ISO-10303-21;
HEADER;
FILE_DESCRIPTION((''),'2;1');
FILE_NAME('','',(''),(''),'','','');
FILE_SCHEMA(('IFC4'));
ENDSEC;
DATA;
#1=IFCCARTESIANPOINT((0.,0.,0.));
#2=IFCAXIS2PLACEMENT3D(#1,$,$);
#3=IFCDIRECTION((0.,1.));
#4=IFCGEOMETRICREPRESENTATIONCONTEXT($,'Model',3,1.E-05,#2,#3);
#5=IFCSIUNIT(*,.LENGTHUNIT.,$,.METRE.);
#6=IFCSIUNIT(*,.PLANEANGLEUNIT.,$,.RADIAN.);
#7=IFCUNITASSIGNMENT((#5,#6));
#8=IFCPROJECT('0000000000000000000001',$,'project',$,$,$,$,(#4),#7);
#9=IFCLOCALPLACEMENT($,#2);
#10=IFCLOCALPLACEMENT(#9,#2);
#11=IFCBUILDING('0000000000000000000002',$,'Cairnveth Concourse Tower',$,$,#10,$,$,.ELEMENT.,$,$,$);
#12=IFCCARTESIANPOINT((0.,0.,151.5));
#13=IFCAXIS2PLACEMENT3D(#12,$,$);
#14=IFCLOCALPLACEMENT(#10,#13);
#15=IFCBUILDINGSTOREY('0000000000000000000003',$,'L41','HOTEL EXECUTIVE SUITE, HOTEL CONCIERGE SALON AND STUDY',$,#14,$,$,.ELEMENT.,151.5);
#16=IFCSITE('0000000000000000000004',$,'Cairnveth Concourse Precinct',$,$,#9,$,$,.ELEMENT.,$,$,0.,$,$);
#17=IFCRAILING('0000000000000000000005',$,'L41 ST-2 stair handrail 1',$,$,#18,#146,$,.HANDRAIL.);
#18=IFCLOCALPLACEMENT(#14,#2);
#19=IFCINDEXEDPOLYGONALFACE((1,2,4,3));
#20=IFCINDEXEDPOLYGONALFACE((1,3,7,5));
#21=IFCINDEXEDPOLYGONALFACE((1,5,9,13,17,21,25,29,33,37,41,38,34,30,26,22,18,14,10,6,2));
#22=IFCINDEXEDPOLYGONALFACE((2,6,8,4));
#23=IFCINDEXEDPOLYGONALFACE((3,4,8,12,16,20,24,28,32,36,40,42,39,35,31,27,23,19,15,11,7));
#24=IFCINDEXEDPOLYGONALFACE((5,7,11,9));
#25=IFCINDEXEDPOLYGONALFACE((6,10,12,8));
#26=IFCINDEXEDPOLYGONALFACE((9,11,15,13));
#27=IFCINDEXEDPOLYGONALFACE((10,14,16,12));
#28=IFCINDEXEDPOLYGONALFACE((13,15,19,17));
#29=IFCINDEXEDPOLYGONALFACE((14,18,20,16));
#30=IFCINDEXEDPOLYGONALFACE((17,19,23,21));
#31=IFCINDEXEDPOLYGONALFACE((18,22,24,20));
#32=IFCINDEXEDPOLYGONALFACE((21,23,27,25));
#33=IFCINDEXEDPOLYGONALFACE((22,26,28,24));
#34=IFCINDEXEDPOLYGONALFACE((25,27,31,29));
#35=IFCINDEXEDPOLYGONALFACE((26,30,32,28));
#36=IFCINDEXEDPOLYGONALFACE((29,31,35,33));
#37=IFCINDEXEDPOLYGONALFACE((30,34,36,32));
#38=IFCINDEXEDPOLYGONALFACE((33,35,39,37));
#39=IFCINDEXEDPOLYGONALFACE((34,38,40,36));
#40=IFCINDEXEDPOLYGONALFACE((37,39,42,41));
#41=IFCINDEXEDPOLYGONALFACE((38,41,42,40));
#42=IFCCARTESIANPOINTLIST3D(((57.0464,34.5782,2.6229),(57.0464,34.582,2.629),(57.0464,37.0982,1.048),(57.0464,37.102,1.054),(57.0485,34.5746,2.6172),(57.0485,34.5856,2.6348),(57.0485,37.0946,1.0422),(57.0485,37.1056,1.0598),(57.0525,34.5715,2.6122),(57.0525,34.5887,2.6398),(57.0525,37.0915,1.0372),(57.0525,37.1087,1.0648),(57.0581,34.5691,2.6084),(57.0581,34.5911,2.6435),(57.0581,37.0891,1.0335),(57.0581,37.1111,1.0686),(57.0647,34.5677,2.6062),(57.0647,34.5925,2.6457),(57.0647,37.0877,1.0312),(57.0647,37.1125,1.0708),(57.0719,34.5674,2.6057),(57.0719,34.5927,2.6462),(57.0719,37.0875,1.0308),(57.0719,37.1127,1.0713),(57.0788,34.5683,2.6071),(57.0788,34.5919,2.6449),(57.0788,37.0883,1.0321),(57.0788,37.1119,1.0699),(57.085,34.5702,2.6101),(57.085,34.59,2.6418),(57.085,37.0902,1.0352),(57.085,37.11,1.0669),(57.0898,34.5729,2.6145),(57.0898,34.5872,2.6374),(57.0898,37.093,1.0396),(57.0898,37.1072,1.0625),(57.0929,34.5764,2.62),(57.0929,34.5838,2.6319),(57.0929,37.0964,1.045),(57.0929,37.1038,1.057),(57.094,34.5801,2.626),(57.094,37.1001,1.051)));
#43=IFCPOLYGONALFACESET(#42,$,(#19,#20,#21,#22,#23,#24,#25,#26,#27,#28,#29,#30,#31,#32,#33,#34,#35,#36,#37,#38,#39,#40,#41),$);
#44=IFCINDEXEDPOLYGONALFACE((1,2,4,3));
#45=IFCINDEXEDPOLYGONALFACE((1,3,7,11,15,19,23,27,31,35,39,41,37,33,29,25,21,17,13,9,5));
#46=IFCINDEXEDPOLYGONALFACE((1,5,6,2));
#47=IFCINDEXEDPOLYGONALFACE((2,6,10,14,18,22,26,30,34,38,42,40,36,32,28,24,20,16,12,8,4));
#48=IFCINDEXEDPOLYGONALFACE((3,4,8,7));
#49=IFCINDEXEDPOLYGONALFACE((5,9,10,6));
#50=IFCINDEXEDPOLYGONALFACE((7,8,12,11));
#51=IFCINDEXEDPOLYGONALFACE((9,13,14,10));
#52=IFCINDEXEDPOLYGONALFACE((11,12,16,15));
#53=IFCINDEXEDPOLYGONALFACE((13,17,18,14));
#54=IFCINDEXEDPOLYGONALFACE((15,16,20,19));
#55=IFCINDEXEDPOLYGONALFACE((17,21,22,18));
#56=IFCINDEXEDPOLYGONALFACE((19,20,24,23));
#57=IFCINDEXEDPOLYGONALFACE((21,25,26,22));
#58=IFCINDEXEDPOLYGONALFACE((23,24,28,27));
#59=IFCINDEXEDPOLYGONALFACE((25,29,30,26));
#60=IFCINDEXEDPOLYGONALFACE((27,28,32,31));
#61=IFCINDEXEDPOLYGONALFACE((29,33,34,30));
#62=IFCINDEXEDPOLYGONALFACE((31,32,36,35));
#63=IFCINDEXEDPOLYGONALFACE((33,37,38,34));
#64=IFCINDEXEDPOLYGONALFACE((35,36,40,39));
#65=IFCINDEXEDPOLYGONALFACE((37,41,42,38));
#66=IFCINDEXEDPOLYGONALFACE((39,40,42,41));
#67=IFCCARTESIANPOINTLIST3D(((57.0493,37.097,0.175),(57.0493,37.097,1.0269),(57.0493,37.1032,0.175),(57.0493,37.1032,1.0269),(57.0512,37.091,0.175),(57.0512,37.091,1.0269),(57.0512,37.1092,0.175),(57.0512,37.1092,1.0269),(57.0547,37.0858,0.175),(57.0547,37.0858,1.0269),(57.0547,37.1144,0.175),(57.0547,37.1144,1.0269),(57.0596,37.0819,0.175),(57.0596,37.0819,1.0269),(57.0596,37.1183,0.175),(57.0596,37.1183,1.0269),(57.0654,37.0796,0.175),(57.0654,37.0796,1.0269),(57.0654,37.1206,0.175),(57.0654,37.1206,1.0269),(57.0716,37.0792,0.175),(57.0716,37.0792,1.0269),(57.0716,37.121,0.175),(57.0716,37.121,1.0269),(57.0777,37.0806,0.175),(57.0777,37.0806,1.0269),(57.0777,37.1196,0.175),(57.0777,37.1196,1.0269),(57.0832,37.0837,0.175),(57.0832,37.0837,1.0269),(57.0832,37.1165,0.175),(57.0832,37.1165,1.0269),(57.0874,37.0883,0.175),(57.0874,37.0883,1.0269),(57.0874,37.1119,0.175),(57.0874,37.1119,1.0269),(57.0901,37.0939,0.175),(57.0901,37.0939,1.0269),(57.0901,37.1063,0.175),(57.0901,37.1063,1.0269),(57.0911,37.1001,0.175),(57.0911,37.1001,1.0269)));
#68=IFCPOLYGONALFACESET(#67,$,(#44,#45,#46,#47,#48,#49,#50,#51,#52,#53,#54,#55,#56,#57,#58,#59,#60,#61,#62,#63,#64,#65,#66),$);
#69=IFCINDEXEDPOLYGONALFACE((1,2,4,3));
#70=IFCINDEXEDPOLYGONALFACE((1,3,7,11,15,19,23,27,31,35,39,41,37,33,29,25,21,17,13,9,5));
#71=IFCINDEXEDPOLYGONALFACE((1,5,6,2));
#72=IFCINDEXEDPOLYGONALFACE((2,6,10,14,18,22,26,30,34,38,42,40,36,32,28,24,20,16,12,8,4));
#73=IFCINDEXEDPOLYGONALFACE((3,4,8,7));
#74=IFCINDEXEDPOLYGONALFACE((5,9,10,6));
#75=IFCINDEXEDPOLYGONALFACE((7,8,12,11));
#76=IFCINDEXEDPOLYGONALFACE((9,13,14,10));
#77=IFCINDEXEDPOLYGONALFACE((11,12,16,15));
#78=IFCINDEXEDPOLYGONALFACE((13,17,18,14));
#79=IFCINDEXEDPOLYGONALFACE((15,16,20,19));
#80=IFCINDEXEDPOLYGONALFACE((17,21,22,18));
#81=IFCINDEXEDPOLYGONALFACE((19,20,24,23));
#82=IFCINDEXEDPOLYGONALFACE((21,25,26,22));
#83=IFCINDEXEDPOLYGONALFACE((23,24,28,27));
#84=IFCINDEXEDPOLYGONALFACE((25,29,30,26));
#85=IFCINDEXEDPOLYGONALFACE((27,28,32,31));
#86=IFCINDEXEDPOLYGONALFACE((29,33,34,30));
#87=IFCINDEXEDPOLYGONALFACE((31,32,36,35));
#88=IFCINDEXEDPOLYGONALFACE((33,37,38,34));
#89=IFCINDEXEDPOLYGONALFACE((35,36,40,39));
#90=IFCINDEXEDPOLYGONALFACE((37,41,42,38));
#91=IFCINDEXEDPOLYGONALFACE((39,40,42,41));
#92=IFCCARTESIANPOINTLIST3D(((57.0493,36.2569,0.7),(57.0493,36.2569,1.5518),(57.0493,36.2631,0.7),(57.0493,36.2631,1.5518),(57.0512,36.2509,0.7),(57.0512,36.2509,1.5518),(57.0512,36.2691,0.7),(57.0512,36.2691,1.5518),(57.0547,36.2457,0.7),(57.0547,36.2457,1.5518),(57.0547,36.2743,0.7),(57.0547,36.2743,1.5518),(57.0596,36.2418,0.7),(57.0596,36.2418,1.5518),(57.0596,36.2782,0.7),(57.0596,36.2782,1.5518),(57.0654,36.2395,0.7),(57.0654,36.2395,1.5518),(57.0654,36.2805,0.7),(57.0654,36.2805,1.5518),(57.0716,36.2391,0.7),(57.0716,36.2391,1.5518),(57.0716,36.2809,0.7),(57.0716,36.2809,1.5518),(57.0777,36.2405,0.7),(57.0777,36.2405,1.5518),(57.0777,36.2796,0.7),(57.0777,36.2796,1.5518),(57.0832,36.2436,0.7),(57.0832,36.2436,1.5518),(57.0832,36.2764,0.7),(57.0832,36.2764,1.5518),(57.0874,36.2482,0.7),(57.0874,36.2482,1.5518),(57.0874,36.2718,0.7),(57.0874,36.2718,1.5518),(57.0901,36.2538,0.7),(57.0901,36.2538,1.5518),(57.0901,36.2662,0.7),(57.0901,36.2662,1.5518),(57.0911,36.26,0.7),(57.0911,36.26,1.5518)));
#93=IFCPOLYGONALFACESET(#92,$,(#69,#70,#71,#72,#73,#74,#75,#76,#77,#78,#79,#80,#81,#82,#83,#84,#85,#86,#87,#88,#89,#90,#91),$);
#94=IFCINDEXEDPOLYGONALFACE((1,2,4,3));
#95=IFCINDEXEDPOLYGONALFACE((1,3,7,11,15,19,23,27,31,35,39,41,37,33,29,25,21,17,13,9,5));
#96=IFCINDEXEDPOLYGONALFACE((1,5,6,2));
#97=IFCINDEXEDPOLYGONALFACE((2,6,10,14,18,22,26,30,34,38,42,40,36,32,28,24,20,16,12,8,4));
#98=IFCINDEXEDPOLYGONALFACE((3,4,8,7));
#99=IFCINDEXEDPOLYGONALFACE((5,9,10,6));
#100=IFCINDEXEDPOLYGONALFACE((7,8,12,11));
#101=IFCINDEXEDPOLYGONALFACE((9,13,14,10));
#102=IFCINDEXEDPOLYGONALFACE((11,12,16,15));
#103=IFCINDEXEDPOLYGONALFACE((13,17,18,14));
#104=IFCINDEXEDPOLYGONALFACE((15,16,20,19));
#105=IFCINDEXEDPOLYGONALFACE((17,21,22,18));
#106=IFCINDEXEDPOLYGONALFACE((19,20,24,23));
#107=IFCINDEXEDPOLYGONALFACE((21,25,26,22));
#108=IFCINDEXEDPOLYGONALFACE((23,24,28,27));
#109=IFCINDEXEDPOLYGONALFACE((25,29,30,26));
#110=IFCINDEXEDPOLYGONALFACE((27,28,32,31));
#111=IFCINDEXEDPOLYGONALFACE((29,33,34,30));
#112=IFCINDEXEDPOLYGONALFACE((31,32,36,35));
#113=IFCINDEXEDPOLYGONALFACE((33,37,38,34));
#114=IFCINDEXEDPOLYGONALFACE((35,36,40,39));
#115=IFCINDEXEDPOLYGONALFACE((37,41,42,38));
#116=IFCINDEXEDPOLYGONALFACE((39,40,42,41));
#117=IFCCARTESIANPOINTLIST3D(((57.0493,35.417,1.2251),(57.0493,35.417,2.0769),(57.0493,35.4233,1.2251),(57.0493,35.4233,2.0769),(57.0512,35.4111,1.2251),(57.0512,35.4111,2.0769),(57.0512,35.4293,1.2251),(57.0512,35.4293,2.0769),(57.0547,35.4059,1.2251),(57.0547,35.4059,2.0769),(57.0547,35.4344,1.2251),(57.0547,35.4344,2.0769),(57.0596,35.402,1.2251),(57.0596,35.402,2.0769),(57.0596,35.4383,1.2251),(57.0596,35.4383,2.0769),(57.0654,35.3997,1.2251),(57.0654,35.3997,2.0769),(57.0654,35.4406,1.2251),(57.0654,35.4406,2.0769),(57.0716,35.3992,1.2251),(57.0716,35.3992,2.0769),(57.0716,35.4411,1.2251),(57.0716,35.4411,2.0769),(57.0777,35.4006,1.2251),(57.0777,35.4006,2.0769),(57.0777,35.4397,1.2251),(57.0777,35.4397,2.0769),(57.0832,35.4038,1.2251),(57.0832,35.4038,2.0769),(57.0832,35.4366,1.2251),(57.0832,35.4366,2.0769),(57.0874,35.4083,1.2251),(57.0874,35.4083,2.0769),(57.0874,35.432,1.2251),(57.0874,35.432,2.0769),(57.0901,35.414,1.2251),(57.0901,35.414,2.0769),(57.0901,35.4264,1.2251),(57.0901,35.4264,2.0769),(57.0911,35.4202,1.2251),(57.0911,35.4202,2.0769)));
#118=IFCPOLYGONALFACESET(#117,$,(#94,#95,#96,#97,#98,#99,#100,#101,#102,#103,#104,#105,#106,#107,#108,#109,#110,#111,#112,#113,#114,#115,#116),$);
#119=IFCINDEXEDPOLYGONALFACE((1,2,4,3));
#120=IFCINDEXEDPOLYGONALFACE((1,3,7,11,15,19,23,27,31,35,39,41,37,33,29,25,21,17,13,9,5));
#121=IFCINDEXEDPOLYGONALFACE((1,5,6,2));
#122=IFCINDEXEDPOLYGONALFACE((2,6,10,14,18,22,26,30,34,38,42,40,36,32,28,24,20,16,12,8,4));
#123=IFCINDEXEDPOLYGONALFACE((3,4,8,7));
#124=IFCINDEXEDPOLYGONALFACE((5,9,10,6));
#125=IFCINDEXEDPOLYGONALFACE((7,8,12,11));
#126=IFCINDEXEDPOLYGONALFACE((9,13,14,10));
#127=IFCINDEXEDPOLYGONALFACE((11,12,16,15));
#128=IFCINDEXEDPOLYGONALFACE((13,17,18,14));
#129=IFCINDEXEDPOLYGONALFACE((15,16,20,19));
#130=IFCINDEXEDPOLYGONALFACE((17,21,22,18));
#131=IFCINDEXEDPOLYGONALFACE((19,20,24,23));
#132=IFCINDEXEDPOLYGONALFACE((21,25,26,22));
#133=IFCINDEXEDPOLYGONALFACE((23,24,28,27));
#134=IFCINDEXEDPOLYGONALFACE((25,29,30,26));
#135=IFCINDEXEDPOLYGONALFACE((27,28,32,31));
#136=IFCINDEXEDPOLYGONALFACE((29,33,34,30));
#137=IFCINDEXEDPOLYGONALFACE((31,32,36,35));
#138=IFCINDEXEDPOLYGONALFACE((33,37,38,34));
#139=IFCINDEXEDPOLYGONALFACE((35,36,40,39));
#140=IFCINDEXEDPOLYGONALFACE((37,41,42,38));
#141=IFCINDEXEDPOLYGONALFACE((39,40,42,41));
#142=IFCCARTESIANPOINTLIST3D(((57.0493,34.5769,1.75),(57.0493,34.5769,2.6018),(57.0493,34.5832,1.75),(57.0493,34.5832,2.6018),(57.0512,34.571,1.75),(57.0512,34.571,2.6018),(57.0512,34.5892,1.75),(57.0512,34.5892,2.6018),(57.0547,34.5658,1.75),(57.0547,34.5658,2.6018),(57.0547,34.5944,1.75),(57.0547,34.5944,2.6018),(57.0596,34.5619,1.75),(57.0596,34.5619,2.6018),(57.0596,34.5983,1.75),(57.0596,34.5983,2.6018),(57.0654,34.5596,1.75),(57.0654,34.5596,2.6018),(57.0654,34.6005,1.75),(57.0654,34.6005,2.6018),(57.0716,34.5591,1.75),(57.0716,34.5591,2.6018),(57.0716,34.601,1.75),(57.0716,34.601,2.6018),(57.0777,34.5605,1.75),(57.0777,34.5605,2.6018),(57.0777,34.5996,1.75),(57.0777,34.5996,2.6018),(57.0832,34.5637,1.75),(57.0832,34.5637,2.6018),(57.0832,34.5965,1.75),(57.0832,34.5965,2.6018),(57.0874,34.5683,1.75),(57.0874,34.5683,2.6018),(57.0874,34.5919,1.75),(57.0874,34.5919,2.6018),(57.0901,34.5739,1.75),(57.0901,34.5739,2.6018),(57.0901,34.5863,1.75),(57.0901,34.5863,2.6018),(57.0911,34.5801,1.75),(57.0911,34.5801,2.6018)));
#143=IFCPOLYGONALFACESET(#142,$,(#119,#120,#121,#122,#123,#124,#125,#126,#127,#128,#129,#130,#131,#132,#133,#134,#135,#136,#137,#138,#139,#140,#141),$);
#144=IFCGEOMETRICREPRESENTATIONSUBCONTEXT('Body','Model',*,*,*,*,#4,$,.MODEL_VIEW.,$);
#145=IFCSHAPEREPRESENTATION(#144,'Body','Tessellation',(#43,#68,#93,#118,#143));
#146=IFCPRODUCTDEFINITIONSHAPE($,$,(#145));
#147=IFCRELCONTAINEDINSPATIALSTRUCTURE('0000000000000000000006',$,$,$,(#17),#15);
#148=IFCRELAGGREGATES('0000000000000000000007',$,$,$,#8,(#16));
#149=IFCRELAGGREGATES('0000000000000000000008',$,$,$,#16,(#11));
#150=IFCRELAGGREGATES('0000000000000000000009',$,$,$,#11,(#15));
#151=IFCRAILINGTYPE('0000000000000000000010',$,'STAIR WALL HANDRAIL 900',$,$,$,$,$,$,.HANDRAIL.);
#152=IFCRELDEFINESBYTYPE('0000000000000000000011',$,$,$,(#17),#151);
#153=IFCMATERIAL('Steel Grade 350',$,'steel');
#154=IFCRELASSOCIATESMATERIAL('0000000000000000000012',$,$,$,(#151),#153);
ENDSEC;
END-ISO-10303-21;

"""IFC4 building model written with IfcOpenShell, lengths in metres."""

from ifc_helpers import new_model, si_unit, direction, frame, origin, origin_2d, place, context, subcontext, project, spatial, circle, extrude, material, type_object, element, save


model = new_model("IFC4")

# Units and contexts
model_context = context("Model", 3, precision=1e-05, world=origin(), true_north=direction((0.0, 1.0)))
body_context = subcontext(model_context, "Body", "Model", "MODEL_VIEW")
ifc_project = project(units=[si_unit("LENGTHUNIT", "METRE"), si_unit("PLANEANGLEUNIT", "RADIAN")], contexts=[model_context])

# Site, building, storey
site_placement = place(None, origin())
site = spatial("IfcSite", under=ifc_project, at=site_placement, Name="Cairnveth Concourse Precinct", CompositionType="ELEMENT", RefElevation=0.0)
building_placement = place(site_placement, origin())
building = spatial("IfcBuilding", under=site, at=building_placement, Name="Cairnveth Concourse Tower", CompositionType="ELEMENT")
storey_placement = place(building_placement, frame((0.0, 0.0, 151.5)))
storey = spatial("IfcBuildingStorey", under=building, at=storey_placement, Name="L41", Description="HOTEL EXECUTIVE SUITE, HOTEL CONCIERGE SALON AND STUDY", CompositionType="ELEMENT", Elevation=151.5)

# Shared definitions
ifc_material_1 = material(Name="Steel Grade 350", Category="steel")

# Railing
railing_type_1 = type_object("IfcRailingType", Name="STAIR WALL HANDRAIL 900", PredefinedType="HANDRAIL", material=ifc_material_1)
railing_1_placement = place(storey_placement, frame((57.0701, 37.1001, 0.175)))
element("IfcRailing", 1, at=railing_1_placement, inside=storey, type_object=railing_type_1, Name="L41 ST-2 stair handrail 1", PredefinedType="HANDRAIL", context=body_context, shape_type="SweptSolid", body=[
    extrude(circle(Radius=0.0239, at=origin_2d()), frame((0.0, 0.0, 0.876), z_axis=(0.0, -0.848008, 0.529984), x_axis=(1.0, 0.0, 0.0)), (0.0, 0.0, 1.0), 2.9717),
    extrude(circle(Radius=0.021, at=origin_2d()), origin(), (0.0, 0.0, 1.0), 0.8518),
    extrude(circle(Radius=0.021, at=origin_2d()), frame((0.0, -0.8401, 0.5249)), (0.0, 0.0, 1.0), 0.8518),
    extrude(circle(Radius=0.021, at=origin_2d()), frame((0.0, -1.6799, 1.05)), (0.0, 0.0, 1.0), 0.8518),
    extrude(circle(Radius=0.021, at=origin_2d()), frame((0.0, -2.52, 1.575)), (0.0, 0.0, 1.0), 0.8518),
])

save(model, "model.ifc")
